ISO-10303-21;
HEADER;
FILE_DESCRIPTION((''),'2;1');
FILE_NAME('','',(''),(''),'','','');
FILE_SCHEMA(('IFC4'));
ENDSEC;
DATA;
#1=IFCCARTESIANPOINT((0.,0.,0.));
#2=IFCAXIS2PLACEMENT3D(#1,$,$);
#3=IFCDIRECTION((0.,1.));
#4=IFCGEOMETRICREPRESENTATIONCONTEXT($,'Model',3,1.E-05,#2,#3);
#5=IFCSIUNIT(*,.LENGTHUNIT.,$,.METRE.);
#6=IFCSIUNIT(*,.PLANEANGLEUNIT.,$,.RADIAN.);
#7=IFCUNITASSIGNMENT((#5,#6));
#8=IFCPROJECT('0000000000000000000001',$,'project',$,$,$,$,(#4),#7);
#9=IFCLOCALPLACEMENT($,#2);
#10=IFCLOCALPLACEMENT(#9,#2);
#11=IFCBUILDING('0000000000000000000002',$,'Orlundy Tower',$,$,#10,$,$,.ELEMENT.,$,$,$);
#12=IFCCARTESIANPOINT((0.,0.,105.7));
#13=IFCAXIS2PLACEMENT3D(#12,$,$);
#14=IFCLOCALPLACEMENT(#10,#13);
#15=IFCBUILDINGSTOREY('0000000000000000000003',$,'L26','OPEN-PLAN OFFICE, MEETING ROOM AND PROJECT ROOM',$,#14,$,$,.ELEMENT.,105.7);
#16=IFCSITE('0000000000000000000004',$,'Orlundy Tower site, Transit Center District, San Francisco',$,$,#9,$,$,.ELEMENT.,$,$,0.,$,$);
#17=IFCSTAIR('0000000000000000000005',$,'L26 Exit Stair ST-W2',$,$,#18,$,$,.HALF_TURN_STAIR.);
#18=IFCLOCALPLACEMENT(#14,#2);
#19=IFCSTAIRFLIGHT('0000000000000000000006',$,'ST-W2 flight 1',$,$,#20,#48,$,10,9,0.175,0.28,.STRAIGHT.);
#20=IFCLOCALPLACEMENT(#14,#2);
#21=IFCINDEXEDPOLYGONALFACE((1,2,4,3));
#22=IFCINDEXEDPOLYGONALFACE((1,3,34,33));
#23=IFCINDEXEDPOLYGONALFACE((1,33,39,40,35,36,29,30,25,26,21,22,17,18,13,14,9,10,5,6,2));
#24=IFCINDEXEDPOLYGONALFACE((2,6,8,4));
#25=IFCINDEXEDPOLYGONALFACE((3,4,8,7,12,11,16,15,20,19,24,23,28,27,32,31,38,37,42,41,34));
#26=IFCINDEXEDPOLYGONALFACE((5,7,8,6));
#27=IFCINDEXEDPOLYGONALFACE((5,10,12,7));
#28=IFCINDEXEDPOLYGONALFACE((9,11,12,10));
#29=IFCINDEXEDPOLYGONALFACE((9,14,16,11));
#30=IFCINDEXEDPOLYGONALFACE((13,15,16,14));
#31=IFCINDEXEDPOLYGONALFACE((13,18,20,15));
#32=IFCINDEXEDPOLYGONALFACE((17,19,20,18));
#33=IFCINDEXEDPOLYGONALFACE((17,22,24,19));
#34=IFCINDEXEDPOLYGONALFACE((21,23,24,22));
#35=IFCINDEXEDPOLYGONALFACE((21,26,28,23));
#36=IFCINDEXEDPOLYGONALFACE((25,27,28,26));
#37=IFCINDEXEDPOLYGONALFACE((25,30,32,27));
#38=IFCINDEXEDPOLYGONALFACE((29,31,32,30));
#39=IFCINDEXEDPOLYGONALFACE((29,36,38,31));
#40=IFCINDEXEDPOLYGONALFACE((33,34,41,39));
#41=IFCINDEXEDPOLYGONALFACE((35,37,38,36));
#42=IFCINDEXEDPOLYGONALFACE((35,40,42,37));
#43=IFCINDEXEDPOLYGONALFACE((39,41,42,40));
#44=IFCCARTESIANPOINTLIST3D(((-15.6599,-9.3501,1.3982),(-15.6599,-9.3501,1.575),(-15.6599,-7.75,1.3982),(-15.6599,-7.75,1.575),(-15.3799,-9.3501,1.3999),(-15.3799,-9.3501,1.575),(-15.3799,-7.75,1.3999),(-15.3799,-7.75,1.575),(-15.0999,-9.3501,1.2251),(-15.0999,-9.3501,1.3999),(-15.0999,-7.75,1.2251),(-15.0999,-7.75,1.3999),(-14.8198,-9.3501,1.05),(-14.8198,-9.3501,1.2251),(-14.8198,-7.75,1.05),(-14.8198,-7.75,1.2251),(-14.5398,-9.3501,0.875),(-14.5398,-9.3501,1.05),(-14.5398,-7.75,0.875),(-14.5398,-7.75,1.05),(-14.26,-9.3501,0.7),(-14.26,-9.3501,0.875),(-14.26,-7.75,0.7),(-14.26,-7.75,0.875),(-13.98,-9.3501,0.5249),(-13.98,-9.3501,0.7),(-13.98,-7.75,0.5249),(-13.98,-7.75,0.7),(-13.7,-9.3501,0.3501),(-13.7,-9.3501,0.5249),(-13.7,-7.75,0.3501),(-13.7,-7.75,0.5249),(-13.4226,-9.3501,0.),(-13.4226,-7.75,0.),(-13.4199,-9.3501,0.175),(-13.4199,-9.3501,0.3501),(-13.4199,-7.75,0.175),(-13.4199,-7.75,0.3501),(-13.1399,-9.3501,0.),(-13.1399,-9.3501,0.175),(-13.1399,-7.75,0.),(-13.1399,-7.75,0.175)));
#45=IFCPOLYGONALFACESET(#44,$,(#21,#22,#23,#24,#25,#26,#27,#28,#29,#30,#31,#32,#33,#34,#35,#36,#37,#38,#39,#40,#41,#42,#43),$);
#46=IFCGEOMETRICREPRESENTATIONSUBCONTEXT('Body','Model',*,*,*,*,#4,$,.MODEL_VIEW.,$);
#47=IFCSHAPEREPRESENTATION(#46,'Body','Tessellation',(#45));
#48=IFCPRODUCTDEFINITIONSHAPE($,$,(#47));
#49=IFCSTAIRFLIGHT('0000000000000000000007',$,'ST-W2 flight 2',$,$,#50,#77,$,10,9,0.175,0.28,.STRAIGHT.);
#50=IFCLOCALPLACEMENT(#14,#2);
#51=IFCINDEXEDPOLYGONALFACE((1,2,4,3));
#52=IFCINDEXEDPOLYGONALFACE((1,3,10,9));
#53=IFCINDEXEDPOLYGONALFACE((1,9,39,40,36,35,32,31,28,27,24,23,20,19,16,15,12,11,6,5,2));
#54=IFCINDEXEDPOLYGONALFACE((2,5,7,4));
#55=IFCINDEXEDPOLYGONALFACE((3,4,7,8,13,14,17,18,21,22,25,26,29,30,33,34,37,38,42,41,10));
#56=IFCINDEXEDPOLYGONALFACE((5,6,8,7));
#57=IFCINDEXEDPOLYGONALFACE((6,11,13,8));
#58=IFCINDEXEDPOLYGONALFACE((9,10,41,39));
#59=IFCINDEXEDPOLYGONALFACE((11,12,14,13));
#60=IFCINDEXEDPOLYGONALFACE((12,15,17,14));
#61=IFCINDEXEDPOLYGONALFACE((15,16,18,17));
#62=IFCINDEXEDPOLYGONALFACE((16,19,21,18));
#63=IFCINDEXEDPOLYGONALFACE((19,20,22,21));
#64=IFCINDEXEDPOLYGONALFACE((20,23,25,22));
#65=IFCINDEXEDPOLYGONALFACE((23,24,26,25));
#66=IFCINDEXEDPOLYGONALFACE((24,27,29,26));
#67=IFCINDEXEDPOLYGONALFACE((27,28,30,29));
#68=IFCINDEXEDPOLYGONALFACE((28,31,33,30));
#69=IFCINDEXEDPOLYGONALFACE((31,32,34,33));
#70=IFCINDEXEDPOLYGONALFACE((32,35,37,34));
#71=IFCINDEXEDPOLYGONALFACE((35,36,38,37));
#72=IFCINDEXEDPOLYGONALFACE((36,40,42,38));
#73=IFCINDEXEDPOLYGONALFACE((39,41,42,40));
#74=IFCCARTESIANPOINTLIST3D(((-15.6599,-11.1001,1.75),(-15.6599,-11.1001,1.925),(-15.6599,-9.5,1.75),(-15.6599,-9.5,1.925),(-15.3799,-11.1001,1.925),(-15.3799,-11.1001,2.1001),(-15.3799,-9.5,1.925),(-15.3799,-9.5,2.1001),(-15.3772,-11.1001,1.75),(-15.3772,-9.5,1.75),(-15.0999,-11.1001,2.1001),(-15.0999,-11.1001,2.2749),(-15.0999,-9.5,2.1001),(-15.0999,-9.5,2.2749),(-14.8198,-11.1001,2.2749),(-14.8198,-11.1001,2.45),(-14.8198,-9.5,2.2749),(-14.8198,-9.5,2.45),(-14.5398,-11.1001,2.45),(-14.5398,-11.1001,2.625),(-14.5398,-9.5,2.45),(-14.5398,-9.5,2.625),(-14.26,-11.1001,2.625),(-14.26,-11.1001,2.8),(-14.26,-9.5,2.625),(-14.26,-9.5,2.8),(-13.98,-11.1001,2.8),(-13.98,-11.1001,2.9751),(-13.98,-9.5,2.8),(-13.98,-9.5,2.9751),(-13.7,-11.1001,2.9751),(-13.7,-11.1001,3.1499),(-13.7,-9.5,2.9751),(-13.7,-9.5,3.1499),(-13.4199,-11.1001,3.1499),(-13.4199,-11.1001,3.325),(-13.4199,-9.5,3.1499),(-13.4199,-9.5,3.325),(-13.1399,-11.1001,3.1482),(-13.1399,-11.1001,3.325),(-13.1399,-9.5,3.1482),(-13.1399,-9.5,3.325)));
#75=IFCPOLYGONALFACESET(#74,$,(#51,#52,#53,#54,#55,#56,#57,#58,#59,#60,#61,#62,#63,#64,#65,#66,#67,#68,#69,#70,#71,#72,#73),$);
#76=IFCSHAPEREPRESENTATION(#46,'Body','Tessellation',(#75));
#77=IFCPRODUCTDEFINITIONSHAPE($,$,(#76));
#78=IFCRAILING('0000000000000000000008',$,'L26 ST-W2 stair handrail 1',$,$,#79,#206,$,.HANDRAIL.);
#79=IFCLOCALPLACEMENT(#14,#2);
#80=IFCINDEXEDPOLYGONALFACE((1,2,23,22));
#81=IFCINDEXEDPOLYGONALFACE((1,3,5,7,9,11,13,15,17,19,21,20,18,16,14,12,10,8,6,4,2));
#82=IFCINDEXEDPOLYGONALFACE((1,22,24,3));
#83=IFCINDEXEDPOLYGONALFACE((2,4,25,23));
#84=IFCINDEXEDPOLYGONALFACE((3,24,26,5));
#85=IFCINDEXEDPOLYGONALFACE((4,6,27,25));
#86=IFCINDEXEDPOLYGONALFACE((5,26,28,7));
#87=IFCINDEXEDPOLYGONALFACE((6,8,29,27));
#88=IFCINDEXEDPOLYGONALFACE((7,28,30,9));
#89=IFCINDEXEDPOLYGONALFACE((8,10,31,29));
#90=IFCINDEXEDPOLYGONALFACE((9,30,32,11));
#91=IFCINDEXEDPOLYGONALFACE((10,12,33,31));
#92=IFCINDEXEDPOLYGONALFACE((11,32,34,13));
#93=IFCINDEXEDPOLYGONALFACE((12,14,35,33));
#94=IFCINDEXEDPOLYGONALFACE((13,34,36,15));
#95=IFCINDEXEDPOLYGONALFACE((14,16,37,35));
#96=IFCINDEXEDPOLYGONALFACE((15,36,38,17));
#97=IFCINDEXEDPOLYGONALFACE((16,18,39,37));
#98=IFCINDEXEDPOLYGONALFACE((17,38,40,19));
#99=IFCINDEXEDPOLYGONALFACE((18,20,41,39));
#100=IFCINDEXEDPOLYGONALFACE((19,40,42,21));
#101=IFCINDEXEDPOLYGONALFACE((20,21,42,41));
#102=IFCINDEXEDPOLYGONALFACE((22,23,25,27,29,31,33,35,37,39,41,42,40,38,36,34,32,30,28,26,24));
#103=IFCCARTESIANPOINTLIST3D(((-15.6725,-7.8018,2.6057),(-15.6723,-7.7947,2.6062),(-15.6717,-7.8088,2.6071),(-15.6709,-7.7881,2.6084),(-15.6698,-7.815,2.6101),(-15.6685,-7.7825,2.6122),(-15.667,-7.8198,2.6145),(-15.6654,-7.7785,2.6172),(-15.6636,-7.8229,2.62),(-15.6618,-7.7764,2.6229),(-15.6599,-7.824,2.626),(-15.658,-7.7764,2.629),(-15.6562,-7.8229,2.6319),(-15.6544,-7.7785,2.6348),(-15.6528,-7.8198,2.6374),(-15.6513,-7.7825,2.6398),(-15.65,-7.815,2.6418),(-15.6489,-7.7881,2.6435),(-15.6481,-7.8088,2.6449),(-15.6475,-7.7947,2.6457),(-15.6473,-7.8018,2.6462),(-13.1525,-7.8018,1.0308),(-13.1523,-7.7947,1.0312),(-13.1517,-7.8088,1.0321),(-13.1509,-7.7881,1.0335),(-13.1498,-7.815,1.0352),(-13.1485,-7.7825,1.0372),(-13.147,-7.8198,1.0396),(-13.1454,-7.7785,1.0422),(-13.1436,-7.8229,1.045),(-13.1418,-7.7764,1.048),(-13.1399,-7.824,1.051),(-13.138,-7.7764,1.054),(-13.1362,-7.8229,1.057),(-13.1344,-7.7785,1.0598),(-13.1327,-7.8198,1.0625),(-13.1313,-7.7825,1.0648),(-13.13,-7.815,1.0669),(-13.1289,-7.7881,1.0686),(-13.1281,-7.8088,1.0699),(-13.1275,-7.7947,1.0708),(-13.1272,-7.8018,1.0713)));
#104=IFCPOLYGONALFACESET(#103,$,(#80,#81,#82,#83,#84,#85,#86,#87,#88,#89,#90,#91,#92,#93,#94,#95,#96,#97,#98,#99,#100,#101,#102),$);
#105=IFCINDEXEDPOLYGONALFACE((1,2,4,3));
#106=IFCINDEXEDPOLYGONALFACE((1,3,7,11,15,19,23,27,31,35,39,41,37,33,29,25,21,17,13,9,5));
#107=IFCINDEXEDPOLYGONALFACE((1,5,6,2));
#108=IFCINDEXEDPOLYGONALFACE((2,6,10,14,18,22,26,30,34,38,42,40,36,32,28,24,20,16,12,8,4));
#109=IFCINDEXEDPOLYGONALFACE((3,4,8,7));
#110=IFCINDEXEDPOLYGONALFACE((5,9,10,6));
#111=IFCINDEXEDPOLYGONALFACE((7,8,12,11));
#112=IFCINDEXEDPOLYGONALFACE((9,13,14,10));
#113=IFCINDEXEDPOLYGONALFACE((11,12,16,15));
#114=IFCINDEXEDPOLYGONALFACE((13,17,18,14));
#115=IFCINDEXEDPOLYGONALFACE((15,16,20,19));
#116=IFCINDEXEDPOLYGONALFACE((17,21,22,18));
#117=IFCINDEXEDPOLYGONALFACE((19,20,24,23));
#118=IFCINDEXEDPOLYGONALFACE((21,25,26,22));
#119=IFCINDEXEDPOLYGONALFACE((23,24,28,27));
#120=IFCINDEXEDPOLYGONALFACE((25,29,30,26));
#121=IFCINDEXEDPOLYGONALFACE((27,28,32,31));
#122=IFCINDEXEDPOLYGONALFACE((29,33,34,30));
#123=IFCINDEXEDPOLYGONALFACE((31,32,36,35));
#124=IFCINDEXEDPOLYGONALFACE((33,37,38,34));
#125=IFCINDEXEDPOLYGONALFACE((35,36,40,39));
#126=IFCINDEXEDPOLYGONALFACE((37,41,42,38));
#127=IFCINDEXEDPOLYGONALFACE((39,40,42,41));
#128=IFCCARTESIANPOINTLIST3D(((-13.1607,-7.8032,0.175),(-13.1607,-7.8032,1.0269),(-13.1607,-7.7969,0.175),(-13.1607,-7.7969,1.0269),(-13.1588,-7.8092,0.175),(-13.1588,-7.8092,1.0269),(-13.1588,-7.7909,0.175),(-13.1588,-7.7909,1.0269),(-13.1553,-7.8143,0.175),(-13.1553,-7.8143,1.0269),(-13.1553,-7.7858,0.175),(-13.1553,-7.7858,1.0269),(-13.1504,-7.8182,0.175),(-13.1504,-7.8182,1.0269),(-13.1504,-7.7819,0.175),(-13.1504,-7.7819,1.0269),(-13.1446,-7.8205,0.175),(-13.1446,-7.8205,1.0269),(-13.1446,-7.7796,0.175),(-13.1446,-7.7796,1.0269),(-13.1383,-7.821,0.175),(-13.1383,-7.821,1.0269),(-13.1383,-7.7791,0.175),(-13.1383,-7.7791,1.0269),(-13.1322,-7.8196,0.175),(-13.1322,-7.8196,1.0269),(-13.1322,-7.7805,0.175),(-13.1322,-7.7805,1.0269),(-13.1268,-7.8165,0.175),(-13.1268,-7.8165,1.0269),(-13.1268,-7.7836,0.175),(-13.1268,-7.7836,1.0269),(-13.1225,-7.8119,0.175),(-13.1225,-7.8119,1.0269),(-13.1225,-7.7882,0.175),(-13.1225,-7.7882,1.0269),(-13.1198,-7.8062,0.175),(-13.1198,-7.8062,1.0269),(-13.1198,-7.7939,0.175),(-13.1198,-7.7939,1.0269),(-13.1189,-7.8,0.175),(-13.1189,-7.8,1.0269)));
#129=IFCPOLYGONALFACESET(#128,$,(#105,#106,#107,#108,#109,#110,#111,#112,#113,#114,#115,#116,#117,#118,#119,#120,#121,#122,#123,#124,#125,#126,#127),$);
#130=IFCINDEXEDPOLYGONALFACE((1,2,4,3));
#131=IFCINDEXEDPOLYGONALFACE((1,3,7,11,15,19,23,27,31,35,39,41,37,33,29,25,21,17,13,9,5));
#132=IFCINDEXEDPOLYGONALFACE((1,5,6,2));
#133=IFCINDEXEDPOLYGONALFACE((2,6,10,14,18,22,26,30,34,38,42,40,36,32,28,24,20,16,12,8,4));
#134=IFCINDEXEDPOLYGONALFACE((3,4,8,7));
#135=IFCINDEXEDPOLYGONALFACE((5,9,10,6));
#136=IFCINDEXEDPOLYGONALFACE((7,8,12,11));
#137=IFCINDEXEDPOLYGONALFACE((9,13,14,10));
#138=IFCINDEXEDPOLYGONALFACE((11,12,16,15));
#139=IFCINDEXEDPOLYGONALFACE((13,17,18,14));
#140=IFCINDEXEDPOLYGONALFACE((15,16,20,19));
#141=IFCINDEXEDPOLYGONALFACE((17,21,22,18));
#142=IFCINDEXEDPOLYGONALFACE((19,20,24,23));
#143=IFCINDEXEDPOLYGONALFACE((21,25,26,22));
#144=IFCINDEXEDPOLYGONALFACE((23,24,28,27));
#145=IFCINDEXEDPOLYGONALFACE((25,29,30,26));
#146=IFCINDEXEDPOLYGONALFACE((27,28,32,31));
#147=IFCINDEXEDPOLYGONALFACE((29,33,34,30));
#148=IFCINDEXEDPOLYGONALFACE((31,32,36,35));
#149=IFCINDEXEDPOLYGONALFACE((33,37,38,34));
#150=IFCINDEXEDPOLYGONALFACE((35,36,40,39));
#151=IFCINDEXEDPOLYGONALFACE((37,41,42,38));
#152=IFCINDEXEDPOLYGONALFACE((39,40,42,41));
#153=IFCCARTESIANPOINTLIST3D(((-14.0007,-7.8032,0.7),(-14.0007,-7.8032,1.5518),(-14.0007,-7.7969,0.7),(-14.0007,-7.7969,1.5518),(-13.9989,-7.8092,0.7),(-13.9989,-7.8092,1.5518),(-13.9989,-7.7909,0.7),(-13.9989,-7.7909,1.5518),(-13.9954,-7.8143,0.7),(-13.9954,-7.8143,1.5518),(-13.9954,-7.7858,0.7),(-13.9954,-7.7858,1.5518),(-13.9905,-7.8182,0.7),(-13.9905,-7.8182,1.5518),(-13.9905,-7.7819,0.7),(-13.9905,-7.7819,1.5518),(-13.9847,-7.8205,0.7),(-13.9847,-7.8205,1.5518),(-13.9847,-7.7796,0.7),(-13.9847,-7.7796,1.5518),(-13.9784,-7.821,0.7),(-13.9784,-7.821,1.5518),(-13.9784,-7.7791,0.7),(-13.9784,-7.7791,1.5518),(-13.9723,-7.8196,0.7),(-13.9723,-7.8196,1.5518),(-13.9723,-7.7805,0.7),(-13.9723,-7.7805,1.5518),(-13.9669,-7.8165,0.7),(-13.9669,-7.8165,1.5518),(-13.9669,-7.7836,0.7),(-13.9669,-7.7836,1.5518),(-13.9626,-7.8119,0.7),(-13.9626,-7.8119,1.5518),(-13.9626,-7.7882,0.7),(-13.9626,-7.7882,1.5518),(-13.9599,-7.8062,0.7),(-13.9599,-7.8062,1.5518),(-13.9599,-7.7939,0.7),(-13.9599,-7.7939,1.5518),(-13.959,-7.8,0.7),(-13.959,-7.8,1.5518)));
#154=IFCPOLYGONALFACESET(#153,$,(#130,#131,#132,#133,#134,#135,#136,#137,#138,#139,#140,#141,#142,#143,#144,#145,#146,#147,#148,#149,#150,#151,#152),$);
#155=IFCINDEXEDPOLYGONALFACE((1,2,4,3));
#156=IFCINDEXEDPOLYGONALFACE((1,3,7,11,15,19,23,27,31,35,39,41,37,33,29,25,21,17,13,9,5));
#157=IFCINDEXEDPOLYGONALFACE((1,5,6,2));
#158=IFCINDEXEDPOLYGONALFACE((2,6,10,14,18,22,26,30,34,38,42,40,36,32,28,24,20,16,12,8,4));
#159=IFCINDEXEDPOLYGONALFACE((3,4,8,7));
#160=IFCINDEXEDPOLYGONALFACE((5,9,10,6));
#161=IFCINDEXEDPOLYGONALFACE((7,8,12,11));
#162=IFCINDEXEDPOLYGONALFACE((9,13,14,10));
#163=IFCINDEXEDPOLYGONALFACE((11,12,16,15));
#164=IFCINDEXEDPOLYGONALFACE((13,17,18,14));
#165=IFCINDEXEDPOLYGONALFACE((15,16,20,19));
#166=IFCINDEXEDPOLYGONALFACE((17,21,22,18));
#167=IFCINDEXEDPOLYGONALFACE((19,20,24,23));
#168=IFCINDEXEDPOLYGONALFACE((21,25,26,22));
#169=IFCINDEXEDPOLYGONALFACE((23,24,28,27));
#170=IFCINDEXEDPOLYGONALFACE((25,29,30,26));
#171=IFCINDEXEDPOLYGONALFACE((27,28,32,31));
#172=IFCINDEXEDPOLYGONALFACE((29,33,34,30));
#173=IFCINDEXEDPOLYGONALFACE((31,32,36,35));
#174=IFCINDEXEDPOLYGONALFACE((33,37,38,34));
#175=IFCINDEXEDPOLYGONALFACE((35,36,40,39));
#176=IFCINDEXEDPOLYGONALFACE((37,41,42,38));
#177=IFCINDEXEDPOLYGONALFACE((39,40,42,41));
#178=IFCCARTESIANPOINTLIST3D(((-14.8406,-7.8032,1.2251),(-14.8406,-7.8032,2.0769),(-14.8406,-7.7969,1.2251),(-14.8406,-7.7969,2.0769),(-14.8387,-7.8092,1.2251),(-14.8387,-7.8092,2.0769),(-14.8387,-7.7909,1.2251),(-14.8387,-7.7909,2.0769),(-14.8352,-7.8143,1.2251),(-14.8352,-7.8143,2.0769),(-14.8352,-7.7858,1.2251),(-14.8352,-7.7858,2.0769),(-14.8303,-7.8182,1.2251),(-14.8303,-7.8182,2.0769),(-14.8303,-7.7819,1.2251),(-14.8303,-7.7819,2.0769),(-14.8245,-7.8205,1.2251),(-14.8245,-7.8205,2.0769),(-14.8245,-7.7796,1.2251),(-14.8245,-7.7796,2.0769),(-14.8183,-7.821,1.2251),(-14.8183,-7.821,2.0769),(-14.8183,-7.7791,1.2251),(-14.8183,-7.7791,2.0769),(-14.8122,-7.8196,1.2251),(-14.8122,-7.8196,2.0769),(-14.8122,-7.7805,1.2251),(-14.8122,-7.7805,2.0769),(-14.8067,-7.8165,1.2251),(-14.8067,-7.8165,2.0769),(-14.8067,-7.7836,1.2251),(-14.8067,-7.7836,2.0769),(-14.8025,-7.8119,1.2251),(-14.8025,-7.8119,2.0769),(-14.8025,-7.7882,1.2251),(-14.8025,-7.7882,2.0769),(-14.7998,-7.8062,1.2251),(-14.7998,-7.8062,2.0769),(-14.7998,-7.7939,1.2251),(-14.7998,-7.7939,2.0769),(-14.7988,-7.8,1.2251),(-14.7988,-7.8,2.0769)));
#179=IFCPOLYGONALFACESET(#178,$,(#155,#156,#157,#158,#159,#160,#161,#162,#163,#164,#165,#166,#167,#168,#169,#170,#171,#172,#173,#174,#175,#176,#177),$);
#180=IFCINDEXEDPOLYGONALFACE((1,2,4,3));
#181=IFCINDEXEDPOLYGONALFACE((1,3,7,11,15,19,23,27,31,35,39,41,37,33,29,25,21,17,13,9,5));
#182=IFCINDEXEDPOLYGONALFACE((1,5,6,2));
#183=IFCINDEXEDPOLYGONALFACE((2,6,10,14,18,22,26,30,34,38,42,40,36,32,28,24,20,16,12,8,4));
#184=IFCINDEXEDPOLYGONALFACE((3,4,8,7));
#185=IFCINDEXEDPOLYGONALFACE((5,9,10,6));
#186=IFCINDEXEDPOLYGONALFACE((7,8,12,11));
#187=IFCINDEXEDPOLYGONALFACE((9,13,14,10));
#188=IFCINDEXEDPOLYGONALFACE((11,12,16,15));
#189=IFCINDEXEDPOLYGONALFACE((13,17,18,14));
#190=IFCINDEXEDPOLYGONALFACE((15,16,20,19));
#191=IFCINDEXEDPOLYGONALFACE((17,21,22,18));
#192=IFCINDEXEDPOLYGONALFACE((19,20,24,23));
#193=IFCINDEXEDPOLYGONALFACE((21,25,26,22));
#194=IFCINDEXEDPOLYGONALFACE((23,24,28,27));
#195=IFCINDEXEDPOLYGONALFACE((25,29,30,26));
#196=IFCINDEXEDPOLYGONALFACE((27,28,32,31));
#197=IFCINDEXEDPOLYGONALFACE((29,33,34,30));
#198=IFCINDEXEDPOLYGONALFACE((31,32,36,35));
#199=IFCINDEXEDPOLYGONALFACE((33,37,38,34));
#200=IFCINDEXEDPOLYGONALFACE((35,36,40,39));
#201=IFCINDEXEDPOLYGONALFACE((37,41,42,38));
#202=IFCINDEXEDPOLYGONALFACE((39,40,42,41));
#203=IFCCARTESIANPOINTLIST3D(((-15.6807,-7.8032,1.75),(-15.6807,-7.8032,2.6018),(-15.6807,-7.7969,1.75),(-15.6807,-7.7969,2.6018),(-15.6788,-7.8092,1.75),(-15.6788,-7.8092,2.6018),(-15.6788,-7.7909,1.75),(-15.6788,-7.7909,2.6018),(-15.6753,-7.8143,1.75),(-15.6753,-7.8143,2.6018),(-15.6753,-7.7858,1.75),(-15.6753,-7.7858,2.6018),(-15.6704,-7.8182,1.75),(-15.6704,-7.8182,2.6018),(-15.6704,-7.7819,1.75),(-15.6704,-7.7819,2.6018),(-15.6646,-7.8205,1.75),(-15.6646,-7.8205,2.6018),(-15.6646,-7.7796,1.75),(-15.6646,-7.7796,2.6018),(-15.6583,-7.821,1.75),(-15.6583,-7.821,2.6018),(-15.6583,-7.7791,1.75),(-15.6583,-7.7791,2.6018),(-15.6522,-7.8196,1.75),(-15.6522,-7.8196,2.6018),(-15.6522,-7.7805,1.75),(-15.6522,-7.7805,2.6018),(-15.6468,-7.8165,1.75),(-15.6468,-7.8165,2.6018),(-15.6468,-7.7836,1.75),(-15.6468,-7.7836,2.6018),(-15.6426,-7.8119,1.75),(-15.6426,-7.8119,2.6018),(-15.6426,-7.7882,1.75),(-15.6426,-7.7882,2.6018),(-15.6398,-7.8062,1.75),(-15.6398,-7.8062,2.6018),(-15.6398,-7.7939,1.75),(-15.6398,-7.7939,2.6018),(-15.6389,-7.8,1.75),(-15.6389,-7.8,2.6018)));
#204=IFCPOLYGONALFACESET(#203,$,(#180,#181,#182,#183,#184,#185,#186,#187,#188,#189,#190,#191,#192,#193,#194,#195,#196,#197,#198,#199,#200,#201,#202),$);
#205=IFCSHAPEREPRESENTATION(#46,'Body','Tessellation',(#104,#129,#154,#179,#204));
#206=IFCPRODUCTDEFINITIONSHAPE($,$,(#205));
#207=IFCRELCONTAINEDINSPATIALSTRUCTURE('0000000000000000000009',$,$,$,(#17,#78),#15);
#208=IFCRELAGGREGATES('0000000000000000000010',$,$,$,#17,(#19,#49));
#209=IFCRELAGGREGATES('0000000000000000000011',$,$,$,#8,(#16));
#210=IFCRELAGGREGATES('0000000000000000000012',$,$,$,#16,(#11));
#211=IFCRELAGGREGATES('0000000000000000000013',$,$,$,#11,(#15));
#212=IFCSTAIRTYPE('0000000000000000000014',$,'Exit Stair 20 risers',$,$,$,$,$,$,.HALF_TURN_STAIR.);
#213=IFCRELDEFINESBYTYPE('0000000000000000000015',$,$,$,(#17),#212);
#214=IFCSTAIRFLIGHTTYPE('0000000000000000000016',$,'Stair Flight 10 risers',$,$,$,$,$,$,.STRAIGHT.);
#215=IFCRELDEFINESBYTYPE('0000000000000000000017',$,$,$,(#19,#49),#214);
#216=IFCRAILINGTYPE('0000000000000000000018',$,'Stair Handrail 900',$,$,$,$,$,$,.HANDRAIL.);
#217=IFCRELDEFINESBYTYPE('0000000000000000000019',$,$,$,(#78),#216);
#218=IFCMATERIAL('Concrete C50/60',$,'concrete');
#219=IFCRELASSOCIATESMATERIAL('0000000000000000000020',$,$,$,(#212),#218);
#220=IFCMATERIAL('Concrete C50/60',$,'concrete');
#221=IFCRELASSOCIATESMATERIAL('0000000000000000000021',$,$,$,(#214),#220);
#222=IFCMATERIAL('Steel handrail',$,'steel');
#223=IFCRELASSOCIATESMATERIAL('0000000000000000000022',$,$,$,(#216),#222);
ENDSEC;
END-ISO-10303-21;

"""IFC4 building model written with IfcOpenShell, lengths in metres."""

from ifc_helpers import new_model, si_unit, direction, frame, origin, origin_2d, place, context, subcontext, project, spatial, polyline, circle, outline, extrude, material, type_object, element, aggregate, save


model = new_model("IFC4")

# Units and contexts
model_context = context("Model", 3, precision=1e-05, world=origin(), true_north=direction((0.0, 1.0)))
body_context = subcontext(model_context, "Body", "Model", "MODEL_VIEW")
ifc_project = project(units=[si_unit("LENGTHUNIT", "METRE"), si_unit("PLANEANGLEUNIT", "RADIAN")], contexts=[model_context])

# Site, building, storey
site_placement = place(None, origin())
site = spatial("IfcSite", under=ifc_project, at=site_placement, Name="Orlundy Tower site, Transit Center District, San Francisco", CompositionType="ELEMENT", RefElevation=0.0)
building_placement = place(site_placement, origin())
building = spatial("IfcBuilding", under=site, at=building_placement, Name="Orlundy Tower", CompositionType="ELEMENT")
storey_placement = place(building_placement, frame((0.0, 0.0, 105.7)))
storey = spatial("IfcBuildingStorey", under=building, at=storey_placement, Name="L26", Description="OPEN-PLAN OFFICE, MEETING ROOM AND PROJECT ROOM", CompositionType="ELEMENT", Elevation=105.7)

# Stair, stair flights
ifc_material_1 = material(Name="Concrete C50/60", Category="concrete")
stair_type = type_object("IfcStairType", Name="Exit Stair 20 risers", PredefinedType="HALF_TURN_STAIR", material=ifc_material_1)
stair_placement = place(storey_placement, origin())
stair = element("IfcStair", 1, at=stair_placement, inside=storey, type_object=stair_type, Name="L26 Exit Stair ST-W2", PredefinedType="HALF_TURN_STAIR")
ifc_material_2 = material(Name="Concrete C50/60", Category="concrete")
stair_flight_type = type_object("IfcStairFlightType", Name="Stair Flight 10 risers", PredefinedType="STRAIGHT", material=ifc_material_2)
stair_flight_1_placement = place(storey_placement, frame((-13.1399, -8.55, 0.0), z_axis=(0.0, 0.0, 1.0), x_axis=(-1.0, 0.0, 0.0)))
stair_flight_1 = element("IfcStairFlight", 2, at=stair_flight_1_placement, type_object=stair_flight_type, Name="ST-W2 flight 1", NumberOfRisers=10, NumberOfTreads=9, PredefinedType="STRAIGHT", RiserHeight=0.175, TreadLength=0.28, context=body_context, shape_type="SweptSolid", body=[
    extrude(outline(polyline([(0.0, 0.0), (0.0, 0.175), (0.28, 0.175), (0.28, 0.3501), (0.5601, 0.3501), (0.5601, 0.5249), (0.8401, 0.5249), (0.8401, 0.7), (1.1201, 0.7), (1.1201, 0.875), (1.3999, 0.875), (1.3999, 1.05), (1.6799, 1.05), (1.6799, 1.2251), (1.96, 1.2251), (1.96, 1.3999), (2.24, 1.3999), (2.24, 1.575), (2.52, 1.575), (2.52, 1.75), (2.52, 1.3982), (0.2827, 0.0), (0.0, 0.0)])), frame((0.0, 0.8, 0.0), z_axis=(0.0, -1.0, 0.0), x_axis=(1.0, 0.0, 0.0)), (0.0, 0.0, 1.0), 1.6001),
])
stair_flight_2_placement = place(storey_placement, frame((-15.6599, -10.3, 1.75), z_axis=(0.0, 0.0, 1.0), x_axis=(1.0, 0.0, 0.0)))
stair_flight_2 = element("IfcStairFlight", 3, at=stair_flight_2_placement, type_object=stair_flight_type, Name="ST-W2 flight 2", NumberOfRisers=10, NumberOfTreads=9, PredefinedType="STRAIGHT", RiserHeight=0.175, TreadLength=0.28, context=body_context, shape_type="SweptSolid", body=[
    extrude(outline(polyline([(0.0, 0.0), (0.0, 0.175), (0.28, 0.175), (0.28, 0.3501), (0.5601, 0.3501), (0.5601, 0.5249), (0.8401, 0.5249), (0.8401, 0.7), (1.1201, 0.7), (1.1201, 0.875), (1.3999, 0.875), (1.3999, 1.05), (1.6799, 1.05), (1.6799, 1.2251), (1.96, 1.2251), (1.96, 1.3999), (2.24, 1.3999), (2.24, 1.575), (2.52, 1.575), (2.52, 1.75), (2.52, 1.3982), (0.2827, 0.0), (0.0, 0.0)])), frame((0.0, 0.8, 0.0), z_axis=(0.0, -1.0, 0.0), x_axis=(1.0, 0.0, 0.0)), (0.0, 0.0, 1.0), 1.6001),
])
aggregate(stair, [stair_flight_1, stair_flight_2])

# Railing
ifc_material_3 = material(Name="Steel handrail", Category="steel")
railing_type_1 = type_object("IfcRailingType", Name="Stair Handrail 900", PredefinedType="HANDRAIL", material=ifc_material_3)
railing_1_placement = place(storey_placement, frame((-13.1399, -7.8, 0.175)))
element("IfcRailing", 4, at=railing_1_placement, inside=storey, type_object=railing_type_1, Name="L26 ST-W2 stair handrail 1", PredefinedType="HANDRAIL", context=body_context, shape_type="SweptSolid", body=[
    extrude(circle(Radius=0.0239, at=origin_2d()), frame((0.0, 0.0, 0.876), z_axis=(-0.848008, 0.0, 0.529984), x_axis=(0.0, -1.0, 0.0)), (0.0, 0.0, 1.0), 2.9717),
    extrude(circle(Radius=0.021, at=origin_2d()), origin(), (0.0, 0.0, 1.0), 0.8518),
    extrude(circle(Radius=0.021, at=origin_2d()), frame((-0.8401, 0.0, 0.5249)), (0.0, 0.0, 1.0), 0.8518),
    extrude(circle(Radius=0.021, at=origin_2d()), frame((-1.6799, 0.0, 1.05)), (0.0, 0.0, 1.0), 0.8518),
    extrude(circle(Radius=0.021, at=origin_2d()), frame((-2.52, 0.0, 1.575)), (0.0, 0.0, 1.0), 0.8518),
])

save(model, "model.ifc")
